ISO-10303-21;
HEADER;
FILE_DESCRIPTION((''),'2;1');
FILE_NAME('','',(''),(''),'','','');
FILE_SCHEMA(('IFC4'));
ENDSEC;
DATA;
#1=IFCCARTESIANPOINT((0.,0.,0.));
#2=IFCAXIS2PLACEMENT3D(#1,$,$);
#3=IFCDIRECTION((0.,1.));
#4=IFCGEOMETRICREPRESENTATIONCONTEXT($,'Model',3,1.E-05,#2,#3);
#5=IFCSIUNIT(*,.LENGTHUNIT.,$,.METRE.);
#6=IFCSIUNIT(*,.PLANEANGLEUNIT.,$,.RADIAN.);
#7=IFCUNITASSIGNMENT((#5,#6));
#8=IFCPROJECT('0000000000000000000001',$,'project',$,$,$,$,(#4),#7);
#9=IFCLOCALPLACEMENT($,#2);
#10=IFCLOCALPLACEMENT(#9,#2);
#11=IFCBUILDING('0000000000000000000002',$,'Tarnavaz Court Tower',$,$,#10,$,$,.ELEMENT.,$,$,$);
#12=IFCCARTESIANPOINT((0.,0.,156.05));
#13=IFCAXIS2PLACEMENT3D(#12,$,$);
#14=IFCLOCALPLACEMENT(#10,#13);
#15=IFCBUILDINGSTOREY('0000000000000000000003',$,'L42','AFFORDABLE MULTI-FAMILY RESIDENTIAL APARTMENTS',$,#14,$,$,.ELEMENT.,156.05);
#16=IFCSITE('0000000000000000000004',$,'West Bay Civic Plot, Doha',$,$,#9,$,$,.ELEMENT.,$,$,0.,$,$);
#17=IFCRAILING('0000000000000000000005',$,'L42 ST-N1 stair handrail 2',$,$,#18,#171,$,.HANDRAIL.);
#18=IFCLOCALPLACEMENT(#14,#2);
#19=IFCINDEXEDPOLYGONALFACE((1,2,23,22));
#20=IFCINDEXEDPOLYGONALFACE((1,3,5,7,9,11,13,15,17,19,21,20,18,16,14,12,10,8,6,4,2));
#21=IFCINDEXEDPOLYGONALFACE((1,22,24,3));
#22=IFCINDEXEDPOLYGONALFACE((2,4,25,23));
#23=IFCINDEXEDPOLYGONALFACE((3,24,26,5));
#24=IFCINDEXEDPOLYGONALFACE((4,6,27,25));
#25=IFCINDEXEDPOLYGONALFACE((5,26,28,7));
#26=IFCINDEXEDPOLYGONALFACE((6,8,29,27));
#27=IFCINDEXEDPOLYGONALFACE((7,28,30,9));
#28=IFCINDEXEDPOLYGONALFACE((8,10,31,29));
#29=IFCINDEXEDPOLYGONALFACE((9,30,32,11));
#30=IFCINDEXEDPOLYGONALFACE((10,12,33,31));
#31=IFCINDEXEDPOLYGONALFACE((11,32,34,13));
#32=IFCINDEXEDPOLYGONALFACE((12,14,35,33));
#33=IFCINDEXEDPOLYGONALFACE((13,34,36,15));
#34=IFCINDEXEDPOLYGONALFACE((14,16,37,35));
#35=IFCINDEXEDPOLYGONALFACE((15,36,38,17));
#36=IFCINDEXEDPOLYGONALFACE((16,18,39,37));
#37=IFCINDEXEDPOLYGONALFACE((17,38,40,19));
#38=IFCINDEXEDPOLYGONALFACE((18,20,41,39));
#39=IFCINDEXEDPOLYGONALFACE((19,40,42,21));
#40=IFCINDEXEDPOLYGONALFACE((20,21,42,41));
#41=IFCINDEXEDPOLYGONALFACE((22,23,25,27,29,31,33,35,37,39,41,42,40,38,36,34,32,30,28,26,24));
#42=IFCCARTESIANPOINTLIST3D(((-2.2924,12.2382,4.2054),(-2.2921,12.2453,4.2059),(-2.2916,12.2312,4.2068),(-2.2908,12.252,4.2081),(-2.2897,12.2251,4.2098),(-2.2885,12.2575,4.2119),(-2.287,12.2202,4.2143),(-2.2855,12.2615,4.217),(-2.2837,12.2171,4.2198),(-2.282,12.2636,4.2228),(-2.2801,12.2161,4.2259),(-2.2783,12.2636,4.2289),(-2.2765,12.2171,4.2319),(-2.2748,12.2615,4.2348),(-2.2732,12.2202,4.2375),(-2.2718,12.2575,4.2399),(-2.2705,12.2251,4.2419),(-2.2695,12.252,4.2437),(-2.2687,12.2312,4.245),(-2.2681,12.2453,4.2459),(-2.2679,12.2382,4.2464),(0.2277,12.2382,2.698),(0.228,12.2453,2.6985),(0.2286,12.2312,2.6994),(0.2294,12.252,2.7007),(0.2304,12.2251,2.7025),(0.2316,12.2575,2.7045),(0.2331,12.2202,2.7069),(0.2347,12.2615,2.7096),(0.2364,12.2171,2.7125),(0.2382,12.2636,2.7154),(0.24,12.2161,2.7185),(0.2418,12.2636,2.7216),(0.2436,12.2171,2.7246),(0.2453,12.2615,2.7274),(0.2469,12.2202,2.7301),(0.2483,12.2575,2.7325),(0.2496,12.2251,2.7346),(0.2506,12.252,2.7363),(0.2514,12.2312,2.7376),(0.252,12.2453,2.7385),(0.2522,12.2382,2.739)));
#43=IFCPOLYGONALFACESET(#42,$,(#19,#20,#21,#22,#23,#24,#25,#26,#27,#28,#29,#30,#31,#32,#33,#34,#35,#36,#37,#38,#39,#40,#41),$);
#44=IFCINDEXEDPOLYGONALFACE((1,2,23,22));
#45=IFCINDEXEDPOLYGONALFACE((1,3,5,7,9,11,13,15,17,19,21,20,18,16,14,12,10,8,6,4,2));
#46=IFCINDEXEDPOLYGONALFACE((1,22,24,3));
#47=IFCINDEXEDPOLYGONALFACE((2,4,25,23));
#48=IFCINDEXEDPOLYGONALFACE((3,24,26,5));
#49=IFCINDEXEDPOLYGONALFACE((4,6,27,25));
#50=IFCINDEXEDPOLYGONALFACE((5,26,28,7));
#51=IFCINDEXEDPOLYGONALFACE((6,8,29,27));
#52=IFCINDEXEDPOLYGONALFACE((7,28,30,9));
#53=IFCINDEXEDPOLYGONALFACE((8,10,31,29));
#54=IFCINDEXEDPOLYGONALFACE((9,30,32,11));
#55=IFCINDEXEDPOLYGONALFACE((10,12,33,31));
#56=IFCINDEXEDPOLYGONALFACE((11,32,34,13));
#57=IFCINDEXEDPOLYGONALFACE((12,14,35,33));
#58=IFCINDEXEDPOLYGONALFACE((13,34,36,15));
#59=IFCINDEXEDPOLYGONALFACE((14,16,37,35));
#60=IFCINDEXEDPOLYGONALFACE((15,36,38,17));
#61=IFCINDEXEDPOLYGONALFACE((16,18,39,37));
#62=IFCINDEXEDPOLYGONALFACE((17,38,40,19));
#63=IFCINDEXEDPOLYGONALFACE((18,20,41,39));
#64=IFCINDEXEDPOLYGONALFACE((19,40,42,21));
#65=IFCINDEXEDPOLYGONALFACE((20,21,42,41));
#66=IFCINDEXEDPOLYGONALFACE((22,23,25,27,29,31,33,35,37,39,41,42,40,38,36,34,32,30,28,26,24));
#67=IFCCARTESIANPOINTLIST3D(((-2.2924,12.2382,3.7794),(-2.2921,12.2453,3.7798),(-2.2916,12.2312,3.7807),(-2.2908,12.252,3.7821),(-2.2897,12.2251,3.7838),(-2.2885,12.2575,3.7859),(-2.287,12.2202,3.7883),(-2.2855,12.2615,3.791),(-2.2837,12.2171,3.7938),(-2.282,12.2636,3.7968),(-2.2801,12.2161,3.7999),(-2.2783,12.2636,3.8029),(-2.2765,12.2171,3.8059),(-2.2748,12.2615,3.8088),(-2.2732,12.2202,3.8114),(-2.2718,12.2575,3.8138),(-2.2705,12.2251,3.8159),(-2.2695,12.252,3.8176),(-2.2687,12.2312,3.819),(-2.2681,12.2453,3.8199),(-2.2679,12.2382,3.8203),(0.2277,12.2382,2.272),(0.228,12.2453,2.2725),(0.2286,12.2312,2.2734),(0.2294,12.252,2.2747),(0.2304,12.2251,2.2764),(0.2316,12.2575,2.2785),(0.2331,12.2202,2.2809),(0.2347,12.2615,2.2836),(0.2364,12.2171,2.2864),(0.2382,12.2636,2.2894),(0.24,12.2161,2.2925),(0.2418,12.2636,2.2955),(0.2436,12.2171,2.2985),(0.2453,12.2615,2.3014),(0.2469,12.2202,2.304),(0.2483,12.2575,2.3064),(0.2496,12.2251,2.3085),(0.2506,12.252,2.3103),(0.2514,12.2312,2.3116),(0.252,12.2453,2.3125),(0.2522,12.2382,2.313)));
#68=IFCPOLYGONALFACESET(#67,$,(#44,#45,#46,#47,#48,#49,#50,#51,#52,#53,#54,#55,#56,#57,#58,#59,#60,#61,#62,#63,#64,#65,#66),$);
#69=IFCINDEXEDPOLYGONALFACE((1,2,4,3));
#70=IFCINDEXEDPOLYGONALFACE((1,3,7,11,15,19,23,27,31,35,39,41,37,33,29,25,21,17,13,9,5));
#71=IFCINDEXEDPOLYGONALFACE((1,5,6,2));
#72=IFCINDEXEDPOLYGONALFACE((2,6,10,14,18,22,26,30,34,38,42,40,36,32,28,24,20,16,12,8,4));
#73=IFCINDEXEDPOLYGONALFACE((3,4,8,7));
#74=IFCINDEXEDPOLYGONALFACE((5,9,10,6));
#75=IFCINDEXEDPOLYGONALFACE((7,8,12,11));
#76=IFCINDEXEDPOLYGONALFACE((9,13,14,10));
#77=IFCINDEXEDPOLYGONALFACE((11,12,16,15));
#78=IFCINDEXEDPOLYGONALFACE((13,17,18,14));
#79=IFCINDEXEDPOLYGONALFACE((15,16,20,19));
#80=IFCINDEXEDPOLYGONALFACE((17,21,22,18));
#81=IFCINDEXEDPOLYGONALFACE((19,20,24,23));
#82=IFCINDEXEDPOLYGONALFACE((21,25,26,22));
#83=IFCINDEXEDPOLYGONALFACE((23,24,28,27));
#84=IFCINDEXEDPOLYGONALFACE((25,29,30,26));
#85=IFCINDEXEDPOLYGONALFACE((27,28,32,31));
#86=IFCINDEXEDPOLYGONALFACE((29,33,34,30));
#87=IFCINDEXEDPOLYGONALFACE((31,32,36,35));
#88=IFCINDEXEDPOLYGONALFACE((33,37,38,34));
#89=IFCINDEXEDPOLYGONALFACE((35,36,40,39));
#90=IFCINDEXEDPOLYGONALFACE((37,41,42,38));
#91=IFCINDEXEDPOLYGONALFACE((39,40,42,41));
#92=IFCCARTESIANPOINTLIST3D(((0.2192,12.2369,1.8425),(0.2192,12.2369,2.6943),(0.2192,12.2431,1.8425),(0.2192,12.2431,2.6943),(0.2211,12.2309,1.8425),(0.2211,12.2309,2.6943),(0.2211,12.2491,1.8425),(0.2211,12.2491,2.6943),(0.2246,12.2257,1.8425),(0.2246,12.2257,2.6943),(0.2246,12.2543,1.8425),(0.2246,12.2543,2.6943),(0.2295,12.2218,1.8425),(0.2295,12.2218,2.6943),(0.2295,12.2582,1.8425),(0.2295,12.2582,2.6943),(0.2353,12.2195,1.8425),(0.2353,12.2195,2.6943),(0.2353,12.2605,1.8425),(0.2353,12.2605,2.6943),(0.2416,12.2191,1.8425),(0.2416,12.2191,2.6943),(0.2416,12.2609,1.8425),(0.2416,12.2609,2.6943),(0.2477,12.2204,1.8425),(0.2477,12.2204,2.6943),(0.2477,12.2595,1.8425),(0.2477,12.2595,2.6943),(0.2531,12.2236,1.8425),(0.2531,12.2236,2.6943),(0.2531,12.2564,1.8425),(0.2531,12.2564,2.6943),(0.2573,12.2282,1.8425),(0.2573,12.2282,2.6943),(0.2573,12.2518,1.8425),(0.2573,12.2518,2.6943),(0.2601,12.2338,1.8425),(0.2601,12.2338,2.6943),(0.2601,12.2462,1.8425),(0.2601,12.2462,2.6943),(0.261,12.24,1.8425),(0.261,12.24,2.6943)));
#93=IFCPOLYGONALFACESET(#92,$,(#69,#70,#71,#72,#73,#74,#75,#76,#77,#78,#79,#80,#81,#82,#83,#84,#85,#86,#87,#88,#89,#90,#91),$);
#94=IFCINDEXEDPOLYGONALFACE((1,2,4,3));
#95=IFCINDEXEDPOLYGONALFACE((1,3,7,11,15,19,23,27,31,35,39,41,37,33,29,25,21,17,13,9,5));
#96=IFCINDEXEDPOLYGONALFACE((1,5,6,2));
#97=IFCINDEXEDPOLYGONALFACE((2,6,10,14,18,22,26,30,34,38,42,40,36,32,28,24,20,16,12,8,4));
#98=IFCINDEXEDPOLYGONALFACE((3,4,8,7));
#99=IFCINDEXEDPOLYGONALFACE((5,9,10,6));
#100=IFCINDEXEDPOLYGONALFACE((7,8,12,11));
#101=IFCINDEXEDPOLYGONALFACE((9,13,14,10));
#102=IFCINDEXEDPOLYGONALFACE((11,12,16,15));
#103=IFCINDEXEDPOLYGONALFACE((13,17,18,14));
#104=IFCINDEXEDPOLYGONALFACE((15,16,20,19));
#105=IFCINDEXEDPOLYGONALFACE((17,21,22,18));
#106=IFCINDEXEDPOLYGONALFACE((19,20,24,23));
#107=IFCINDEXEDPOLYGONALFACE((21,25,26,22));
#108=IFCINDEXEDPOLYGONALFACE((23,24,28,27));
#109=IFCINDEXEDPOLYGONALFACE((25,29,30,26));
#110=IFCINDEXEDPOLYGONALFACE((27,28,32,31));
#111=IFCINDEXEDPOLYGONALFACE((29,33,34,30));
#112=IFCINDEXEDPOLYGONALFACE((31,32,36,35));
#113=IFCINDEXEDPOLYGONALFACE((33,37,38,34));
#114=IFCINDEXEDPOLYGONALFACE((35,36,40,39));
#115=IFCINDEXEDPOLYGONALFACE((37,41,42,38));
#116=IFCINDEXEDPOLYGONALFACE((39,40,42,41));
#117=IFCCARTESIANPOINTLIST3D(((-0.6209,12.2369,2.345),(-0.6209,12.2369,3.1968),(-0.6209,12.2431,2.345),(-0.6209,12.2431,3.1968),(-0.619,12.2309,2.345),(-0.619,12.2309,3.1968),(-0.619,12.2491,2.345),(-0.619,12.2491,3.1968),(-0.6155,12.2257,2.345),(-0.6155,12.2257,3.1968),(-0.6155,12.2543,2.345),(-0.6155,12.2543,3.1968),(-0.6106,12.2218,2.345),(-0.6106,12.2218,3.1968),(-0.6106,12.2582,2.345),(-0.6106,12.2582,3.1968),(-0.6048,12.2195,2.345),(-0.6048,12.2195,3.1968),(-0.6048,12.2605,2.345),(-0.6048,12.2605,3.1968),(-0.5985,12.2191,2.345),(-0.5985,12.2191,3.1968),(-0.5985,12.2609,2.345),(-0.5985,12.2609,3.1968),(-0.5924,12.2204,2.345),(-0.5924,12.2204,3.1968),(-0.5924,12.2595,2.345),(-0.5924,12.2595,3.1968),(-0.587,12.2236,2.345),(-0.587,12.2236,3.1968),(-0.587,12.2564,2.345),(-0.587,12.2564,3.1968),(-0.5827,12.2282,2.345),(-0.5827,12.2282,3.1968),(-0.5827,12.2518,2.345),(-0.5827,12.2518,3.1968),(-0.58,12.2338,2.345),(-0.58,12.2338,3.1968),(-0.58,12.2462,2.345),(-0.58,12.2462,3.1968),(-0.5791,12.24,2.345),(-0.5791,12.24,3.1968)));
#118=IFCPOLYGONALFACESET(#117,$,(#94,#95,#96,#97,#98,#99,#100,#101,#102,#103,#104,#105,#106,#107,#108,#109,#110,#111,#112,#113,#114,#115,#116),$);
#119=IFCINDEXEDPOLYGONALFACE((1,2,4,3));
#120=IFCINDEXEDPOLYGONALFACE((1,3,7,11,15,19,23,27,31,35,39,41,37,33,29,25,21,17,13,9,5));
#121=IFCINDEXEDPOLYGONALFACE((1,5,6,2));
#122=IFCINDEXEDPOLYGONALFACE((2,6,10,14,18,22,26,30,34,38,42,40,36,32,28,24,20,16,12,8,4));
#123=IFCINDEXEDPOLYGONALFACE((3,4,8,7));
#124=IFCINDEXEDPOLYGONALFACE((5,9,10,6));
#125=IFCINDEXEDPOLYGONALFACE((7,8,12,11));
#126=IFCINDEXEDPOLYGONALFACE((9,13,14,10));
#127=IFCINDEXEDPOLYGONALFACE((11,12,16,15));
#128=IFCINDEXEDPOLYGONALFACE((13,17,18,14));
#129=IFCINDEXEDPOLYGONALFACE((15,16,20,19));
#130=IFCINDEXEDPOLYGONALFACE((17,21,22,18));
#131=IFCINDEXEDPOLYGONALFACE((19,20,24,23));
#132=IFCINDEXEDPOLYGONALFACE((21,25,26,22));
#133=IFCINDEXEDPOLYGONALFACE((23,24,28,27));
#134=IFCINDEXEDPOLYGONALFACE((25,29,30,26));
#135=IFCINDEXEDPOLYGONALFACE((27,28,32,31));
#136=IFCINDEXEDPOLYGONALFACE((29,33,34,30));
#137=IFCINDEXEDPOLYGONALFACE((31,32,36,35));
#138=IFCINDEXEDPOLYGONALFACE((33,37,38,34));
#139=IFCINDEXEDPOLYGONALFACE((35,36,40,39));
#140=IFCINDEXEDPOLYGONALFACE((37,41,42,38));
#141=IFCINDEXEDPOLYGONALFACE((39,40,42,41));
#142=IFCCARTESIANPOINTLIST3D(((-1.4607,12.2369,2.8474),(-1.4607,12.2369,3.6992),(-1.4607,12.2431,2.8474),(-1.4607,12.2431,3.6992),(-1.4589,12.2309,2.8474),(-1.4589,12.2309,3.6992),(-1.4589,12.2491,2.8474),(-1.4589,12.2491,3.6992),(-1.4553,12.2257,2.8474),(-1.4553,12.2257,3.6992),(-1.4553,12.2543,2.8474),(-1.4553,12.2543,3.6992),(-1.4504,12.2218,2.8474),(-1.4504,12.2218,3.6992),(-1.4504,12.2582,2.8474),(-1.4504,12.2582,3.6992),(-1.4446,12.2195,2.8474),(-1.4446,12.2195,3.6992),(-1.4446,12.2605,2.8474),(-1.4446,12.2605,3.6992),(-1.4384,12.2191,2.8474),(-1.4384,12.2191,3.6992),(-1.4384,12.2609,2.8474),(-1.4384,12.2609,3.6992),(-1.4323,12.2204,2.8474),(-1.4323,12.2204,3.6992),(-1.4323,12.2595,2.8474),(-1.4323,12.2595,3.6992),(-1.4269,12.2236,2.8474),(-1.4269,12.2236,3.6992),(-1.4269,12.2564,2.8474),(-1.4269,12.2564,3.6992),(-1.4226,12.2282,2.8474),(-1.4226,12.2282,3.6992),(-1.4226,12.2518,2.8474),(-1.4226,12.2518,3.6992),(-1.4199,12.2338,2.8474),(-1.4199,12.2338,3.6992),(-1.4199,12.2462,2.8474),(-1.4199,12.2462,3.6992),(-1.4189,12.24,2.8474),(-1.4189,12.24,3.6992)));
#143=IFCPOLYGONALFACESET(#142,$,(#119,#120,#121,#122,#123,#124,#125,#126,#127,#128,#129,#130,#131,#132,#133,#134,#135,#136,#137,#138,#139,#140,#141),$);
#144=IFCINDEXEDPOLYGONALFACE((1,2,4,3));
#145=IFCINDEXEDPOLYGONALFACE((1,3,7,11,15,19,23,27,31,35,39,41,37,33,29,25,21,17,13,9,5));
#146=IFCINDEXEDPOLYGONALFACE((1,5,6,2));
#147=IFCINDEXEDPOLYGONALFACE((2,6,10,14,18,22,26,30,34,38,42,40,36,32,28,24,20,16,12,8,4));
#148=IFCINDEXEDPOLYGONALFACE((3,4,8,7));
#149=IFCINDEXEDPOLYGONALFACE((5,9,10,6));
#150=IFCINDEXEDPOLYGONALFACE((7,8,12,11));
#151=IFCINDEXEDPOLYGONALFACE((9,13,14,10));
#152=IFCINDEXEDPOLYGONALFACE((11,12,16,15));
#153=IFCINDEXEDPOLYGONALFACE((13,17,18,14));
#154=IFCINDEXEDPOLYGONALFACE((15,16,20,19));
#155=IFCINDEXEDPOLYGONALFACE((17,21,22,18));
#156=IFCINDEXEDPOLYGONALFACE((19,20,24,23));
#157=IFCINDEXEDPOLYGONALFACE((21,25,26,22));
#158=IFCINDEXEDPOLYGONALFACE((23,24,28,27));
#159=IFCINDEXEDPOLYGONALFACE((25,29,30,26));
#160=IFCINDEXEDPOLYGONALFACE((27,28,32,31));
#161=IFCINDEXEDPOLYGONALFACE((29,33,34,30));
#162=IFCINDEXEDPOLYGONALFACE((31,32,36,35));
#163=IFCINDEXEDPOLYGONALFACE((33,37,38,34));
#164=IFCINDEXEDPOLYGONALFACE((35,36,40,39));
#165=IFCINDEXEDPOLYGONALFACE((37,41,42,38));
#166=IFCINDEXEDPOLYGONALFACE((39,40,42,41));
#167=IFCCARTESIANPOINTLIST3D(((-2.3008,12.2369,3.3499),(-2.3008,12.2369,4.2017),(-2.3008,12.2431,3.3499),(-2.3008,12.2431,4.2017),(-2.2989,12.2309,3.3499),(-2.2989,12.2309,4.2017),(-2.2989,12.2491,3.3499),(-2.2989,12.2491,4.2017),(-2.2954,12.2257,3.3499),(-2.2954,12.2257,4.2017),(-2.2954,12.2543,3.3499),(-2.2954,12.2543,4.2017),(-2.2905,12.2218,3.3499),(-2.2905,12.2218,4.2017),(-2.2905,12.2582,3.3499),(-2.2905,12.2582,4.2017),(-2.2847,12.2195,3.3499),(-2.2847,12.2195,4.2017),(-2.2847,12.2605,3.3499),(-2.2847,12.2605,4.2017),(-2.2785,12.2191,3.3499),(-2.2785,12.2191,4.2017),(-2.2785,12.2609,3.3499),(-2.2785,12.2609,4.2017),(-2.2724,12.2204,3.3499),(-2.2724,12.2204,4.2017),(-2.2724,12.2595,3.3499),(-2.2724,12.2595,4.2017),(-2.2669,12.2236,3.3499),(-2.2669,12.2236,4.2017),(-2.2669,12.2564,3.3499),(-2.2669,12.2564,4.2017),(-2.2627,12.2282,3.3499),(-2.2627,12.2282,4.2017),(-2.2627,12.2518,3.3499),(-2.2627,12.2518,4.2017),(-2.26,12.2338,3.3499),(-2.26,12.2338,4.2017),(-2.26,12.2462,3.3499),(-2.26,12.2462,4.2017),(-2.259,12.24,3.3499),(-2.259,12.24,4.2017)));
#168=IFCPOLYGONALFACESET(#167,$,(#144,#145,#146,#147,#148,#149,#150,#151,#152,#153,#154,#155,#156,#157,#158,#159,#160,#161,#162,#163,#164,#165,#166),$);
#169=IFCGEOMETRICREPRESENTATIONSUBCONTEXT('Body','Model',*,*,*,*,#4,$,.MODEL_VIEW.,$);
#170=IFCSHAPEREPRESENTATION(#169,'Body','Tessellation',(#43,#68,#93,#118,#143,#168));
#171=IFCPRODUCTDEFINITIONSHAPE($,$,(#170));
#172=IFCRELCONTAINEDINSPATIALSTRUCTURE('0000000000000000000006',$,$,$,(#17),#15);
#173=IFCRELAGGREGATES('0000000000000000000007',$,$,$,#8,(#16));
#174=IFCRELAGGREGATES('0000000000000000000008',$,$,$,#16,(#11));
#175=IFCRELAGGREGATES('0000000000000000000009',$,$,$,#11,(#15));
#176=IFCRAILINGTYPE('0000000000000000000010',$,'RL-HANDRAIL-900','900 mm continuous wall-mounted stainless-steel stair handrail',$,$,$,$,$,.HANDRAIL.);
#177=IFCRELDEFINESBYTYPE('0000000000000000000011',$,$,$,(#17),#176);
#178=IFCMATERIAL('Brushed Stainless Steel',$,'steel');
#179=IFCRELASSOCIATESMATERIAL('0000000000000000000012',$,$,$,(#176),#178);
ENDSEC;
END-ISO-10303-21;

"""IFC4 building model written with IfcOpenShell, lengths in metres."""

from ifc_helpers import new_model, si_unit, direction, frame, origin, origin_2d, place, context, subcontext, project, spatial, circle, extrude, material, type_object, element, save


model = new_model("IFC4")

# Units and contexts
model_context = context("Model", 3, precision=1e-05, world=origin(), true_north=direction((0.0, 1.0)))
body_context = subcontext(model_context, "Body", "Model", "MODEL_VIEW")
ifc_project = project(units=[si_unit("LENGTHUNIT", "METRE"), si_unit("PLANEANGLEUNIT", "RADIAN")], contexts=[model_context])

# Site, building, storey
site_placement = place(None, origin())
site = spatial("IfcSite", under=ifc_project, at=site_placement, Name="West Bay Civic Plot, Doha", CompositionType="ELEMENT", RefElevation=0.0)
building_placement = place(site_placement, origin())
building = spatial("IfcBuilding", under=site, at=building_placement, Name="Tarnavaz Court Tower", CompositionType="ELEMENT")
storey_placement = place(building_placement, frame((0.0, 0.0, 156.05)))
storey = spatial("IfcBuildingStorey", under=building, at=storey_placement, Name="L42", Description="AFFORDABLE MULTI-FAMILY RESIDENTIAL APARTMENTS", CompositionType="ELEMENT", Elevation=156.05)

# Railing
ifc_material_1 = material(Name="Brushed Stainless Steel", Category="steel")
railing_type_1 = type_object("IfcRailingType", Name="RL-HANDRAIL-900", Description="900 mm continuous wall-mounted stainless-steel stair handrail", PredefinedType="HANDRAIL", material=ifc_material_1)
railing_1_placement = place(storey_placement, frame((0.24, 12.24, 1.8425)))
element("IfcRailing", 1, at=railing_1_placement, inside=storey, type_object=railing_type_1, Name="L42 ST-N1 stair handrail 2", PredefinedType="HANDRAIL", context=body_context, shape_type="SweptSolid", body=[
    extrude(circle(Radius=0.0239, at=origin_2d()), frame((0.0, 0.0, 0.876), z_axis=(-0.858196, 0.0, 0.513321), x_axis=(0.0, -1.0, 0.0)), (0.0, 0.0, 1.0), 2.9365),
    extrude(circle(Radius=0.0239, at=origin_2d()), frame((0.0, 0.0, 0.45), z_axis=(-0.858196, 0.0, 0.513321), x_axis=(0.0, -1.0, 0.0)), (0.0, 0.0, 1.0), 2.9365),
    extrude(circle(Radius=0.021, at=origin_2d()), origin(), (0.0, 0.0, 1.0), 0.8518),
    extrude(circle(Radius=0.021, at=origin_2d()), frame((-0.8401, 0.0, 0.5024)), (0.0, 0.0, 1.0), 0.8518),
    extrude(circle(Radius=0.021, at=origin_2d()), frame((-1.6799, 0.0, 1.0049)), (0.0, 0.0, 1.0), 0.8518),
    extrude(circle(Radius=0.021, at=origin_2d()), frame((-2.52, 0.0, 1.5073)), (0.0, 0.0, 1.0), 0.8518),
])

save(model, "model.ifc")
